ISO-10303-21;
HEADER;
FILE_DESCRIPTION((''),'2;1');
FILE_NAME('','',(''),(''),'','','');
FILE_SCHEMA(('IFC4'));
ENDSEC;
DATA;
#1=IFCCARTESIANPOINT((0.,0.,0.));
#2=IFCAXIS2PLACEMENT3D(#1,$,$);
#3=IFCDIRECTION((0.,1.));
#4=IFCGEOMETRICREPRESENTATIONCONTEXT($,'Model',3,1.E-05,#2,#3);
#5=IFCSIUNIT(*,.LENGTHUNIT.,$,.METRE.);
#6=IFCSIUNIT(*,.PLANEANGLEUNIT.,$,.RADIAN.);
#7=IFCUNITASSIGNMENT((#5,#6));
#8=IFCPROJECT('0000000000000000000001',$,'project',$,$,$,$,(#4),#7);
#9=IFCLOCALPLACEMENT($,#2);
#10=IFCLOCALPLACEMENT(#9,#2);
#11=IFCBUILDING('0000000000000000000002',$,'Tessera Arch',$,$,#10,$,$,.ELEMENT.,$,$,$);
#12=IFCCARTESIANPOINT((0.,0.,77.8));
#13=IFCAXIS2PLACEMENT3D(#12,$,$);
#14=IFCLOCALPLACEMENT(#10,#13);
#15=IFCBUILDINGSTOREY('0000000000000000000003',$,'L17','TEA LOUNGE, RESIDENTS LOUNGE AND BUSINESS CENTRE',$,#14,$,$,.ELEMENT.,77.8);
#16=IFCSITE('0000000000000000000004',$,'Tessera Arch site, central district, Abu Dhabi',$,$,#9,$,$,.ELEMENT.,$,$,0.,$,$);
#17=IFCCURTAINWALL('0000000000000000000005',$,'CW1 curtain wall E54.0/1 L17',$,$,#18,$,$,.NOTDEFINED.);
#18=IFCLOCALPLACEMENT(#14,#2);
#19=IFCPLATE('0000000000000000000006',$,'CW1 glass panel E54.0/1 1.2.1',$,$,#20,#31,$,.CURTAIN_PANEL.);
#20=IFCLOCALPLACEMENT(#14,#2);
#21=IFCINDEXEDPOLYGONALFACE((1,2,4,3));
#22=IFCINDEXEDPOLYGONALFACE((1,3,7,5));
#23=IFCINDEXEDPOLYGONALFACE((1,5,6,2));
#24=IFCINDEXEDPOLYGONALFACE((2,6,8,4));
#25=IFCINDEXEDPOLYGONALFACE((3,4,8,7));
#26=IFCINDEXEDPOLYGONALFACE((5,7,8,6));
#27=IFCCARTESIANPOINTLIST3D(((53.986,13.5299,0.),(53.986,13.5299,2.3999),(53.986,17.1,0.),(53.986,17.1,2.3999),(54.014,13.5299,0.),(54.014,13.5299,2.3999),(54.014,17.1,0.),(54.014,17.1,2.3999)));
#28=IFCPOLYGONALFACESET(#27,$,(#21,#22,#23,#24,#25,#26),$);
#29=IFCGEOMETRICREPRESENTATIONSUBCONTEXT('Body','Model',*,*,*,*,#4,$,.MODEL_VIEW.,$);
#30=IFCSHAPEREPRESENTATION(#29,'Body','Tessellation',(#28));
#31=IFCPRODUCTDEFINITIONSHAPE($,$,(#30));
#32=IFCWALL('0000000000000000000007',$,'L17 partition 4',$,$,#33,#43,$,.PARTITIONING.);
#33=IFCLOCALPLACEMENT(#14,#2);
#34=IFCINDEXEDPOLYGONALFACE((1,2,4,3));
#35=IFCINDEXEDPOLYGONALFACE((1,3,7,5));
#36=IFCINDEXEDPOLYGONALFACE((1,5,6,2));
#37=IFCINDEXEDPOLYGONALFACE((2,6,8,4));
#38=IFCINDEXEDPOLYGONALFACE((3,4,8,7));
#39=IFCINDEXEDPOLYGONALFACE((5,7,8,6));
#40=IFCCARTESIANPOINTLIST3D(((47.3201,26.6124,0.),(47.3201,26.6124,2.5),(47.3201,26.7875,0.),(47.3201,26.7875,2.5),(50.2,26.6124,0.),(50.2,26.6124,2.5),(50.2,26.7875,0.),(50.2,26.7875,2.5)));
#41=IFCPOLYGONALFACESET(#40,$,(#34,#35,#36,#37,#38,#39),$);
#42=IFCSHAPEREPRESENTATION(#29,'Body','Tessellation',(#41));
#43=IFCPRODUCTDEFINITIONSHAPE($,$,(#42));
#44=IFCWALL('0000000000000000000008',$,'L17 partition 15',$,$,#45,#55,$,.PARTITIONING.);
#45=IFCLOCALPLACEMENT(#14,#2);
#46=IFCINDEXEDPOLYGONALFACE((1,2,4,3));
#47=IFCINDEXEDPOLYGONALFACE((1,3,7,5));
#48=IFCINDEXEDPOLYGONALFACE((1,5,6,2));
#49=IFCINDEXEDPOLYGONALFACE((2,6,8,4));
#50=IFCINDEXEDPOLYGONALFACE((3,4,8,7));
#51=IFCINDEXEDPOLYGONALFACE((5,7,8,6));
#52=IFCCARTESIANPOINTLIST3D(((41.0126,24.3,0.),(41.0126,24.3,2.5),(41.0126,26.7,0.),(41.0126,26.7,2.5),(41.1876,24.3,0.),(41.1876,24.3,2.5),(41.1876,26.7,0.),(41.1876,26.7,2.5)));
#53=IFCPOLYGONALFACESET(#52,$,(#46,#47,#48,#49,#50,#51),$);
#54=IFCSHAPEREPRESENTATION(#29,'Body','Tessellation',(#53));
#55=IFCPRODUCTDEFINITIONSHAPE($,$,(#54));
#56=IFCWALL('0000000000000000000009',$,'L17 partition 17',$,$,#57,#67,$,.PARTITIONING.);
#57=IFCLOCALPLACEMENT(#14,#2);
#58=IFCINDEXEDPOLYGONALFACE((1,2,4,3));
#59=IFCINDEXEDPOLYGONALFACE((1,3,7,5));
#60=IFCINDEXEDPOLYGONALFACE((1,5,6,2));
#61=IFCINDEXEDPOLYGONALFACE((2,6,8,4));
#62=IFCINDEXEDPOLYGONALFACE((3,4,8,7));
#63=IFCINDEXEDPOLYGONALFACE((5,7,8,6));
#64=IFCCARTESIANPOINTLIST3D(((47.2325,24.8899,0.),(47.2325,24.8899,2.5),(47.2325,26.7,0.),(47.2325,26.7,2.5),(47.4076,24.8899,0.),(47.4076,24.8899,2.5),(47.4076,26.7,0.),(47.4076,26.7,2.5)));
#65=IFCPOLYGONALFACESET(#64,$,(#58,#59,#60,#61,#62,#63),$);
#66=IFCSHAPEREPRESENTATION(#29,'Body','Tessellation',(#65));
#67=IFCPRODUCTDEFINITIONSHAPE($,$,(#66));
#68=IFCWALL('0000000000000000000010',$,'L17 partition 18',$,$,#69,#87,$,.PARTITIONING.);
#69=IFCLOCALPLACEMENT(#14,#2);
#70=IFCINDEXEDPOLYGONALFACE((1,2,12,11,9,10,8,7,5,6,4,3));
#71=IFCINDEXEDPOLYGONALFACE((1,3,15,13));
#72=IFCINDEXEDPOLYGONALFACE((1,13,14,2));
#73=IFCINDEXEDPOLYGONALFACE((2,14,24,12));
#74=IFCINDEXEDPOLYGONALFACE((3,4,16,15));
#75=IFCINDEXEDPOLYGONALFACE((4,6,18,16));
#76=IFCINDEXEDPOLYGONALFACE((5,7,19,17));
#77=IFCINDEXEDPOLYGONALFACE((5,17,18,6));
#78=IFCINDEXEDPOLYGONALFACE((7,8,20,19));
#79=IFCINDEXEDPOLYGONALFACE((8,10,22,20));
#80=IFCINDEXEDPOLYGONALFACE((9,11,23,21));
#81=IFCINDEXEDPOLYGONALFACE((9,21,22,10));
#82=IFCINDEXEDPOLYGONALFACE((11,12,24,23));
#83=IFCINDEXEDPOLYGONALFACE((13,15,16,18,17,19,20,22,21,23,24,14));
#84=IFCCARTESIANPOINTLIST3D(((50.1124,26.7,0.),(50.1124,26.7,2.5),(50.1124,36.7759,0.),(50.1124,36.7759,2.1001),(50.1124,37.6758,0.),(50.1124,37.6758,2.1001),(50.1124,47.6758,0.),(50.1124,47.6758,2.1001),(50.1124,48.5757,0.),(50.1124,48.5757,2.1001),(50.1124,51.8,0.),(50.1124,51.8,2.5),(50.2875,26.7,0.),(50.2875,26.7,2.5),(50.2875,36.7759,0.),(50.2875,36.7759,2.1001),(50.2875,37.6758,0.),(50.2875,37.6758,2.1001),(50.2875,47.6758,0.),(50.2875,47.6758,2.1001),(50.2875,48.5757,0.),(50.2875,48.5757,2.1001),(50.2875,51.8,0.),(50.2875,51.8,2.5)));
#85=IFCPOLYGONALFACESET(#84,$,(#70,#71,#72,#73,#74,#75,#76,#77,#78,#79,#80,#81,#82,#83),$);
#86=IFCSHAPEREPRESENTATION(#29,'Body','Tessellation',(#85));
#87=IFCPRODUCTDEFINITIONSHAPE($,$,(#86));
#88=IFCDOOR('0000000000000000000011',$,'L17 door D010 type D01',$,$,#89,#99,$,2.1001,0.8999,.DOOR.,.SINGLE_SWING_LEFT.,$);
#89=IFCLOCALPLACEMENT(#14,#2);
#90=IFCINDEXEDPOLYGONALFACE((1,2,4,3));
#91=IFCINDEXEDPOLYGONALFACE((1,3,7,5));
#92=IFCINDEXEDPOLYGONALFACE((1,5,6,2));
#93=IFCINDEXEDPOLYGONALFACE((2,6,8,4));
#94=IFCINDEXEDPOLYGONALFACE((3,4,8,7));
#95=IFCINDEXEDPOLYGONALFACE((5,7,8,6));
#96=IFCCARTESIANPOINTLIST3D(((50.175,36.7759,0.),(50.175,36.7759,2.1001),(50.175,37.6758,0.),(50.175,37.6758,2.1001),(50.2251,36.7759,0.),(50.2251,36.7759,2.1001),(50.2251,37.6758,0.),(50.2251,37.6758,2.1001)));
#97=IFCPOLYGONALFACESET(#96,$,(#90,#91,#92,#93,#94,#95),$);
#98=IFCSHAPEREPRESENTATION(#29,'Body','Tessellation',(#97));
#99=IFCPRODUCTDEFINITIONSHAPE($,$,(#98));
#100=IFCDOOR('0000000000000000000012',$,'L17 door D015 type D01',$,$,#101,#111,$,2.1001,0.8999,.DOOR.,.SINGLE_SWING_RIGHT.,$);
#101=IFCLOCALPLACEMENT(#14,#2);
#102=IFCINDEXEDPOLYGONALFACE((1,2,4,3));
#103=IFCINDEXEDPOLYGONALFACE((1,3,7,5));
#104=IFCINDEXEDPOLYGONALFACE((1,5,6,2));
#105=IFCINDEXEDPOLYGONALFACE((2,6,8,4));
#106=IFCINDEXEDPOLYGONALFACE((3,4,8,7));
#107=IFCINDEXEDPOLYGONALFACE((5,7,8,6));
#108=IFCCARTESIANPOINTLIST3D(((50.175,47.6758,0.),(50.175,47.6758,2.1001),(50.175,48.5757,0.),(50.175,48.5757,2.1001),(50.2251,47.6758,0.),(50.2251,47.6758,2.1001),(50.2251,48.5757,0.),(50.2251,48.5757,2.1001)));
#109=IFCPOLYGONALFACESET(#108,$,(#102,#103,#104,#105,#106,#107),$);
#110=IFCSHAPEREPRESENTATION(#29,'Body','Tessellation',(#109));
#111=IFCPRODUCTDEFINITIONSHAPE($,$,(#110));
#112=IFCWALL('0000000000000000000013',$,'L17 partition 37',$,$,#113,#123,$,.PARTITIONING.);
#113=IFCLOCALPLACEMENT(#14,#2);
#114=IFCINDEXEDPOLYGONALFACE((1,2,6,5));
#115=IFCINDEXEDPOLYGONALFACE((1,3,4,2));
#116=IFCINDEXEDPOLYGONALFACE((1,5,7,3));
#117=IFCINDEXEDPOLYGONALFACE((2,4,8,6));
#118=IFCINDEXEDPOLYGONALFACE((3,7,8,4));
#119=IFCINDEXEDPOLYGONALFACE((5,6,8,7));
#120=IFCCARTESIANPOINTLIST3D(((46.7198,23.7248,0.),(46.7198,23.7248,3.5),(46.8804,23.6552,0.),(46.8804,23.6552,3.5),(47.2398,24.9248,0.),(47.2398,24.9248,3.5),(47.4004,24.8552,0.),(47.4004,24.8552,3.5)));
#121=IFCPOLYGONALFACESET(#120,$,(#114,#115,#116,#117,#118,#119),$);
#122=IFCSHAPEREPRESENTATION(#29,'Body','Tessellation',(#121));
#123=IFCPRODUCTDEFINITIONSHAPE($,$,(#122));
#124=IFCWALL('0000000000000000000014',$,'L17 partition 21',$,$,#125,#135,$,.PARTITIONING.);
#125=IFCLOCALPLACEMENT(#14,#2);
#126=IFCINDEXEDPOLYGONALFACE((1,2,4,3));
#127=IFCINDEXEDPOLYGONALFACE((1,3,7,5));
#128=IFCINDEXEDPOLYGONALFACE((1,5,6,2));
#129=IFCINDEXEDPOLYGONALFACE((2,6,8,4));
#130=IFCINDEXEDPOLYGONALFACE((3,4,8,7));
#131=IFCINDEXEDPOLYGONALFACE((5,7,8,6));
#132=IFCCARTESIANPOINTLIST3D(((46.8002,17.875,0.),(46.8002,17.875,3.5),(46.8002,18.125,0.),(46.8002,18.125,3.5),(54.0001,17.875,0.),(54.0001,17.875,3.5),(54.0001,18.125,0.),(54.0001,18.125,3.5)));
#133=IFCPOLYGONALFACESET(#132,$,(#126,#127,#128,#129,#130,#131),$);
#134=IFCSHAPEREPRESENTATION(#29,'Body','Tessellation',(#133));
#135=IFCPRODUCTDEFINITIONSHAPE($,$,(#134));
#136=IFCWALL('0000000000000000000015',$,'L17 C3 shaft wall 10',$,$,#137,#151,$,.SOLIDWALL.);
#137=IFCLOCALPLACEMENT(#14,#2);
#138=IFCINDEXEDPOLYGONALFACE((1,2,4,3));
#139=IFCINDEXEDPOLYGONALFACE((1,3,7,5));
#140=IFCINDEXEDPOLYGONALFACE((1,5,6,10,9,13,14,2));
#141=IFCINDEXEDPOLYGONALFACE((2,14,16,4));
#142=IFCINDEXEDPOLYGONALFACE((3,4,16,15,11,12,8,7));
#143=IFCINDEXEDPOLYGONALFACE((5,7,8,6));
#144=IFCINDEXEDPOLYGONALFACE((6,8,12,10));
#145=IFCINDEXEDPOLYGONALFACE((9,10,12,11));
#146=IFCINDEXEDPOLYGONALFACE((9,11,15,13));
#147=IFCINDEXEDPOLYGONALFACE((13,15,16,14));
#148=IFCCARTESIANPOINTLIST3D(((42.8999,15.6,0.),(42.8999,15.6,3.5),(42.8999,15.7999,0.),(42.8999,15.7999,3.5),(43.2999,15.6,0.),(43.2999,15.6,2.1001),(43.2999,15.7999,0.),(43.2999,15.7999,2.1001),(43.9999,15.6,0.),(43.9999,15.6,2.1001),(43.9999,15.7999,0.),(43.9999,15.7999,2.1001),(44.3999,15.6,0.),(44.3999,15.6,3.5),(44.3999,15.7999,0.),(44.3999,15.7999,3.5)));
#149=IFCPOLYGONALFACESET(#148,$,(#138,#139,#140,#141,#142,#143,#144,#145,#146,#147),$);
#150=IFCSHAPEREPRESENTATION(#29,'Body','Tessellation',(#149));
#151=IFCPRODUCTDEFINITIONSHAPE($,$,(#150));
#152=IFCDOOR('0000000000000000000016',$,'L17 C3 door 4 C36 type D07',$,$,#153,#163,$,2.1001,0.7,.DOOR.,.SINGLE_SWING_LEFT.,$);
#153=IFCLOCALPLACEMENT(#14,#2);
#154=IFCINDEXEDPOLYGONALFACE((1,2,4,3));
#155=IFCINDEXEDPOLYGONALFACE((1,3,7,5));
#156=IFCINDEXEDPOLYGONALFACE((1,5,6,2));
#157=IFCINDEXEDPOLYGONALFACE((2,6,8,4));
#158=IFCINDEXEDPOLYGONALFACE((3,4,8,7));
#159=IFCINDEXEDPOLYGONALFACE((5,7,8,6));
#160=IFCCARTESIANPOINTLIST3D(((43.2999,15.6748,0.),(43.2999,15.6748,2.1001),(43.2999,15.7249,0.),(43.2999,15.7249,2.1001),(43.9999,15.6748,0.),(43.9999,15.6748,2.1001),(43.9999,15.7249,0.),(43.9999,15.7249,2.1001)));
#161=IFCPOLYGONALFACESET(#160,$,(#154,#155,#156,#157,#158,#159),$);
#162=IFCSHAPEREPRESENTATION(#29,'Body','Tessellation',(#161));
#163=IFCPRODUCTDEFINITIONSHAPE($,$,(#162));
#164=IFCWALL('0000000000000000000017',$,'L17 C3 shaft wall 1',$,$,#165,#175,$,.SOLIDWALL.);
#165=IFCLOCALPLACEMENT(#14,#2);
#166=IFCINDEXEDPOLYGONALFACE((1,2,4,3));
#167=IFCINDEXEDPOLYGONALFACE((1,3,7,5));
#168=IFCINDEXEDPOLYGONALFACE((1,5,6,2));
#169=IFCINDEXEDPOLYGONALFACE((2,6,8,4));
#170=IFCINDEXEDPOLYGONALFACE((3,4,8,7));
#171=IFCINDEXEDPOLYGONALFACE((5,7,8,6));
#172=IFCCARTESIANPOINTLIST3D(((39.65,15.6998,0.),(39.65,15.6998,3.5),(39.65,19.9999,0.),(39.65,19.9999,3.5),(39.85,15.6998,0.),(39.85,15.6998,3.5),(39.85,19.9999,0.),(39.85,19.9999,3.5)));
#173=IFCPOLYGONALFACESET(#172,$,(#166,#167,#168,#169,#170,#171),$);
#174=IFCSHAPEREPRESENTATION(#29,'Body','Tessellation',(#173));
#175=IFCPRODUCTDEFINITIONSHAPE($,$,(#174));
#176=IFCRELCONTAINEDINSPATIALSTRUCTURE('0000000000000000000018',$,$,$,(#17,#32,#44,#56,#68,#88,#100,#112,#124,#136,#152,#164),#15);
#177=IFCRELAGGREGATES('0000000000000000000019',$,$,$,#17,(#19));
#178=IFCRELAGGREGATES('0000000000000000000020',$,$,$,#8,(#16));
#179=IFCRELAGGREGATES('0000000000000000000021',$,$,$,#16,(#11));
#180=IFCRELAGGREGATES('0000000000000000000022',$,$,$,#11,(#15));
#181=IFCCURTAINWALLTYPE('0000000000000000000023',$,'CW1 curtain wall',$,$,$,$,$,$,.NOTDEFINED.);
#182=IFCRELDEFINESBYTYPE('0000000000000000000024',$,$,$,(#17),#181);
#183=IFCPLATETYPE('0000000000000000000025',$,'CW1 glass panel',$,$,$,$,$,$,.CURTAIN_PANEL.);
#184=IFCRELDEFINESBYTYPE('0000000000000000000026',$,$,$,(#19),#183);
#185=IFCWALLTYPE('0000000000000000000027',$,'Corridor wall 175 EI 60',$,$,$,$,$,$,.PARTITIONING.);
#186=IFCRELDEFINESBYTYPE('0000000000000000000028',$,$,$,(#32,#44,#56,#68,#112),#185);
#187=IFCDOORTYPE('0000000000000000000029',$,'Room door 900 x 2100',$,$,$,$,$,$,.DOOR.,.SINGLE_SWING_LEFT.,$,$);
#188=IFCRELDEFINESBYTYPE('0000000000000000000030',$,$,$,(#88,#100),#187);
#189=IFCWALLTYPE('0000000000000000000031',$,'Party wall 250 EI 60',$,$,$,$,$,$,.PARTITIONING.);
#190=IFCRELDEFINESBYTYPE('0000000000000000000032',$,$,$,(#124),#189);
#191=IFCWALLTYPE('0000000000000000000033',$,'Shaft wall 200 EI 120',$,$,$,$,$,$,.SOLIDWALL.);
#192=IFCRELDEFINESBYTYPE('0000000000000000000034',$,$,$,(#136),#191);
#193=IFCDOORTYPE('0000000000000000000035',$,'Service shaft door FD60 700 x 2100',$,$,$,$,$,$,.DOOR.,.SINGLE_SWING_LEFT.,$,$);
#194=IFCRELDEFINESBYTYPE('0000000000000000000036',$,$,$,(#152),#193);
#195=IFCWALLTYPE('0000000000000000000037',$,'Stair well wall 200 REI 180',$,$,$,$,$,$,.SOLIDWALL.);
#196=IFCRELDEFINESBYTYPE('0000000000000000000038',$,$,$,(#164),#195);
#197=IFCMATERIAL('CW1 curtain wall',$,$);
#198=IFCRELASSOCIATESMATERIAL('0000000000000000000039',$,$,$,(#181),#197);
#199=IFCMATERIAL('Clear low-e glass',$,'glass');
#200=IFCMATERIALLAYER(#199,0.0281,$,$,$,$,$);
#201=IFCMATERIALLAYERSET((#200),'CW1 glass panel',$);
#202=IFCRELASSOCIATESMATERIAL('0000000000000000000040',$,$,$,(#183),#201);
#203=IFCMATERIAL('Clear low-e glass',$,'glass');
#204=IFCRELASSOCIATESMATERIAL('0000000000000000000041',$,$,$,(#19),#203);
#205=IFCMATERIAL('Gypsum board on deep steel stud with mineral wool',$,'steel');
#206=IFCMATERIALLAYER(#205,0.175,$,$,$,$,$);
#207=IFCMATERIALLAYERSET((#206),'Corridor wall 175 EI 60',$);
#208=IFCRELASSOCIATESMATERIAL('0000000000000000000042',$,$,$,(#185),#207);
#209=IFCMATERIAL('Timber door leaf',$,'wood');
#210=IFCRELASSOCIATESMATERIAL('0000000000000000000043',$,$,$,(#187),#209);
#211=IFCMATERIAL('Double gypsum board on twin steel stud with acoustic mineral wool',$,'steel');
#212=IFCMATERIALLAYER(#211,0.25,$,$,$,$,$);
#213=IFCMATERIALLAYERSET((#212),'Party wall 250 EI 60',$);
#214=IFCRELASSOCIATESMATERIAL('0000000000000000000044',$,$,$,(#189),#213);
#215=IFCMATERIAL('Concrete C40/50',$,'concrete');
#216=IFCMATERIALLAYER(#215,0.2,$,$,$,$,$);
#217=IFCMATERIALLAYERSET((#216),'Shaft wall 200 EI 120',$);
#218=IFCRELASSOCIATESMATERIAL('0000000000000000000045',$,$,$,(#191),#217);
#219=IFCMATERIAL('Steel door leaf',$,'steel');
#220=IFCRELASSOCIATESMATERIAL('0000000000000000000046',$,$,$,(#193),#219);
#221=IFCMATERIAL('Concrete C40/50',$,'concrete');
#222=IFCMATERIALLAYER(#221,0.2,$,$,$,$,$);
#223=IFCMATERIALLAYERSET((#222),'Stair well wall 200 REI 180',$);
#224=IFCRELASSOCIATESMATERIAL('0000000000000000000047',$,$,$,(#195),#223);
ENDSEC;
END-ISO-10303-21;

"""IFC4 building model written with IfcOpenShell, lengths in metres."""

from ifc_helpers import new_model, si_unit, direction, frame, frame_2d, origin, origin_2d, place, context, subcontext, project, spatial, rectangle, extrude, material, layer, layer_set, type_object, element, fill, aggregate, save


model = new_model("IFC4")

# Units and contexts
model_context = context("Model", 3, precision=1e-05, world=origin(), true_north=direction((0.0, 1.0)))
body_context = subcontext(model_context, "Body", "Model", "MODEL_VIEW")
ifc_project = project(units=[si_unit("LENGTHUNIT", "METRE"), si_unit("PLANEANGLEUNIT", "RADIAN")], contexts=[model_context])

# Site, building, storey
site_placement = place(None, origin())
site = spatial("IfcSite", under=ifc_project, at=site_placement, Name="Tessera Arch site, central district, Abu Dhabi", CompositionType="ELEMENT", RefElevation=0.0)
building_placement = place(site_placement, origin())
building = spatial("IfcBuilding", under=site, at=building_placement, Name="Tessera Arch", CompositionType="ELEMENT")
storey_placement = place(building_placement, frame((0.0, 0.0, 77.8)))
storey = spatial("IfcBuildingStorey", under=building, at=storey_placement, Name="L17", Description="TEA LOUNGE, RESIDENTS LOUNGE AND BUSINESS CENTRE", CompositionType="ELEMENT", Elevation=77.8)

# Curtain wall, plate
ifc_material_1 = material(Name="CW1 curtain wall")
curtain_wall_type = type_object("IfcCurtainWallType", Name="CW1 curtain wall", PredefinedType="NOTDEFINED", material=ifc_material_1)
curtain_wall_placement = place(storey_placement, origin())
curtain_wall = element("IfcCurtainWall", 1, at=curtain_wall_placement, inside=storey, type_object=curtain_wall_type, Name="CW1 curtain wall E54.0/1 L17", PredefinedType="NOTDEFINED")
ifc_material_2 = material(Name="Clear low-e glass", Category="glass")
ifc_material_3 = material(Name="Clear low-e glass", Category="glass")
ifc_layer_1 = layer(ifc_material_3, 0.0281)
ifc_layer_set_1 = layer_set([ifc_layer_1], Name="CW1 glass panel")
plate_type = type_object("IfcPlateType", Name="CW1 glass panel", PredefinedType="CURTAIN_PANEL", material=ifc_layer_set_1)
plate_placement = place(storey_placement, frame((54.0, 15.3149, 0.0), z_axis=(0.0, 0.0, 1.0), x_axis=(0.0, 1.0, 0.0)))
plate = element("IfcPlate", 2, at=plate_placement, type_object=plate_type, material=ifc_material_2, Name="CW1 glass panel E54.0/1 1.2.1", PredefinedType="CURTAIN_PANEL", context=body_context, shape_type="SweptSolid", body=[
    extrude(rectangle(XDim=3.5701, YDim=0.0281, at=origin_2d()), origin(), (0.0, 0.0, 1.0), 2.3999),
])
aggregate(curtain_wall, [plate])

# Walls
ifc_material_4 = material(Name="Gypsum board on deep steel stud with mineral wool", Category="steel")
ifc_layer_2 = layer(ifc_material_4, 0.175)
ifc_layer_set_2 = layer_set([ifc_layer_2], Name="Corridor wall 175 EI 60")
wall_type_1 = type_object("IfcWallType", Name="Corridor wall 175 EI 60", PredefinedType="PARTITIONING", material=ifc_layer_set_2)
wall_1_placement = place(storey_placement, frame((47.3201, 26.7, 0.0), z_axis=(0.0, 0.0, 1.0), x_axis=(1.0, 0.0, 0.0)))
element("IfcWall", 3, at=wall_1_placement, inside=storey, type_object=wall_type_1, Name="L17 partition 4", PredefinedType="PARTITIONING", context=body_context, shape_type="SweptSolid", body=[
    extrude(rectangle(XDim=2.8799, YDim=0.175, at=frame_2d((1.4399, 0.0))), origin(), (0.0, 0.0, 1.0), 2.5),
])
wall_2_placement = place(storey_placement, frame((41.1001, 24.3, 0.0), z_axis=(0.0, 0.0, 1.0), x_axis=(0.0, 1.0, 0.0)))
element("IfcWall", 4, at=wall_2_placement, inside=storey, type_object=wall_type_1, Name="L17 partition 15", PredefinedType="PARTITIONING", context=body_context, shape_type="SweptSolid", body=[
    extrude(rectangle(XDim=2.3999, YDim=0.175, at=frame_2d((1.2, 0.0))), origin(), (0.0, 0.0, 1.0), 2.5),
])
wall_3_placement = place(storey_placement, frame((47.3201, 24.8899, 0.0), z_axis=(0.0, 0.0, 1.0), x_axis=(0.0, 1.0, 0.0)))
element("IfcWall", 5, at=wall_3_placement, inside=storey, type_object=wall_type_1, Name="L17 partition 17", PredefinedType="PARTITIONING", context=body_context, shape_type="SweptSolid", body=[
    extrude(rectangle(XDim=1.8101, YDim=0.175, at=frame_2d((0.905, 0.0))), origin(), (0.0, 0.0, 1.0), 2.5),
])

# Wall, openings, doors
wall_4_placement = place(storey_placement, frame((50.2, 26.7, 0.0), z_axis=(0.0, 0.0, 1.0), x_axis=(0.0, 1.0, 0.0)))
wall_4 = element("IfcWall", 6, at=wall_4_placement, inside=storey, type_object=wall_type_1, Name="L17 partition 18", PredefinedType="PARTITIONING", context=body_context, shape_type="SweptSolid", body=[
    extrude(rectangle(XDim=25.1001, YDim=0.175, at=frame_2d((12.55, 0.0))), origin(), (0.0, 0.0, 1.0), 2.5),
])
opening_1_placement = place(wall_4_placement, frame((10.0759, 0.0, 0.0)))
opening_1 = element("IfcOpeningElement", 7, at=opening_1_placement, cuts=wall_4, PredefinedType="OPENING", context=body_context, shape_type="SweptSolid", body=[
    extrude(rectangle(XDim=0.8999, YDim=2.1001, at=frame_2d((0.45, 1.05))), frame((0.0, 0.0974, 0.0), z_axis=(0.0, -1.0, 0.0), x_axis=(1.0, 0.0, 0.0)), (0.0, 0.0, 1.0), 0.1951),
])
opening_2_placement = place(wall_4_placement, frame((20.9758, 0.0, 0.0)))
opening_2 = element("IfcOpeningElement", 8, at=opening_2_placement, cuts=wall_4, PredefinedType="OPENING", context=body_context, shape_type="SweptSolid", body=[
    extrude(rectangle(XDim=0.8999, YDim=2.1001, at=frame_2d((0.45, 1.05))), frame((0.0, 0.0974, 0.0), z_axis=(0.0, -1.0, 0.0), x_axis=(1.0, 0.0, 0.0)), (0.0, 0.0, 1.0), 0.1951),
])
ifc_material_5 = material(Name="Timber door leaf", Category="wood")
door_type_1 = type_object("IfcDoorType", Name="Room door 900 x 2100", OperationType="SINGLE_SWING_LEFT", PredefinedType="DOOR", material=ifc_material_5)
door_1_placement = place(opening_1_placement, origin())
door_1 = element("IfcDoor", 9, at=door_1_placement, inside=storey, type_object=door_type_1, Name="L17 door D010 type D01", OperationType="SINGLE_SWING_LEFT", OverallHeight=2.1001, OverallWidth=0.8999, PredefinedType="DOOR", context=body_context, shape_type="SweptSolid", body=[
    extrude(rectangle(XDim=0.8999, YDim=2.1001, at=frame_2d((0.45, 1.05))), frame((0.0, 0.0249, 0.0), z_axis=(0.0, -1.0, 0.0), x_axis=(1.0, 0.0, 0.0)), (0.0, 0.0, 1.0), 0.05),
])
fill(opening_1, door_1)
door_2_placement = place(opening_2_placement, origin())
door_2 = element("IfcDoor", 10, at=door_2_placement, inside=storey, type_object=door_type_1, Name="L17 door D015 type D01", OperationType="SINGLE_SWING_RIGHT", OverallHeight=2.1001, OverallWidth=0.8999, PredefinedType="DOOR", context=body_context, shape_type="SweptSolid", body=[
    extrude(rectangle(XDim=0.8999, YDim=2.1001, at=frame_2d((0.45, 1.05))), frame((0.0, 0.0249, 0.0), z_axis=(0.0, -1.0, 0.0), x_axis=(1.0, 0.0, 0.0)), (0.0, 0.0, 1.0), 0.05),
])
fill(opening_2, door_2)

# Walls
wall_5_placement = place(storey_placement, frame((47.3201, 24.8899, 0.0), z_axis=(0.0, 0.0, 1.0), x_axis=(-0.397634, -0.917544, 0.0)))
element("IfcWall", 11, at=wall_5_placement, inside=storey, type_object=wall_type_1, Name="L17 partition 37", PredefinedType="PARTITIONING", context=body_context, shape_type="SweptSolid", body=[
    extrude(rectangle(XDim=1.3079, YDim=0.175, at=frame_2d((0.6538, 0.0))), origin(), (0.0, 0.0, 1.0), 3.5),
])
ifc_material_6 = material(Name="Double gypsum board on twin steel stud with acoustic mineral wool", Category="steel")
ifc_layer_3 = layer(ifc_material_6, 0.25)
ifc_layer_set_3 = layer_set([ifc_layer_3], Name="Party wall 250 EI 60")
wall_type_2 = type_object("IfcWallType", Name="Party wall 250 EI 60", PredefinedType="PARTITIONING", material=ifc_layer_set_3)
wall_6_placement = place(storey_placement, frame((46.8, 18.0, 0.0), z_axis=(0.0, 0.0, 1.0), x_axis=(1.0, 0.0, 0.0)))
element("IfcWall", 12, at=wall_6_placement, inside=storey, type_object=wall_type_2, Name="L17 partition 21", PredefinedType="PARTITIONING", context=body_context, shape_type="SweptSolid", body=[
    extrude(rectangle(XDim=7.2, YDim=0.25, at=frame_2d((3.6001, 0.0))), origin(), (0.0, 0.0, 1.0), 3.5),
])

# Wall, opening, door
ifc_material_7 = material(Name="Concrete C40/50", Category="concrete")
ifc_layer_4 = layer(ifc_material_7, 0.2)
ifc_layer_set_4 = layer_set([ifc_layer_4], Name="Shaft wall 200 EI 120")
wall_type_3 = type_object("IfcWallType", Name="Shaft wall 200 EI 120", PredefinedType="SOLIDWALL", material=ifc_layer_set_4)
wall_7_placement = place(storey_placement, frame((42.8999, 15.7, 0.0), z_axis=(0.0, 0.0, 1.0), x_axis=(1.0, 0.0, 0.0)))
wall_7 = element("IfcWall", 13, at=wall_7_placement, inside=storey, type_object=wall_type_3, Name="L17 C3 shaft wall 10", PredefinedType="SOLIDWALL", context=body_context, shape_type="SweptSolid", body=[
    extrude(rectangle(XDim=1.5, YDim=0.2, at=frame_2d((0.75, 0.0))), origin(), (0.0, 0.0, 1.0), 3.5),
])
opening_3_placement = place(wall_7_placement, frame((0.3999, 0.0, 0.0)))
opening_3 = element("IfcOpeningElement", 14, at=opening_3_placement, cuts=wall_7, PredefinedType="OPENING", context=body_context, shape_type="SweptSolid", body=[
    extrude(rectangle(XDim=0.7, YDim=2.1001, at=frame_2d((0.3501, 1.05))), frame((0.0, 0.1099, 0.0), z_axis=(0.0, -1.0, 0.0), x_axis=(1.0, 0.0, 0.0)), (0.0, 0.0, 1.0), 0.22),
])
ifc_material_8 = material(Name="Steel door leaf", Category="steel")
door_type_2 = type_object("IfcDoorType", Name="Service shaft door FD60 700 x 2100", OperationType="SINGLE_SWING_LEFT", PredefinedType="DOOR", material=ifc_material_8)
door_3_placement = place(opening_3_placement, origin())
door_3 = element("IfcDoor", 15, at=door_3_placement, inside=storey, type_object=door_type_2, Name="L17 C3 door 4 C36 type D07", OperationType="SINGLE_SWING_LEFT", OverallHeight=2.1001, OverallWidth=0.7, PredefinedType="DOOR", context=body_context, shape_type="SweptSolid", body=[
    extrude(rectangle(XDim=0.7, YDim=2.1001, at=frame_2d((0.3501, 1.05))), frame((0.0, 0.0249, 0.0), z_axis=(0.0, -1.0, 0.0), x_axis=(1.0, 0.0, 0.0)), (0.0, 0.0, 1.0), 0.05),
])
fill(opening_3, door_3)

# Wall
ifc_material_9 = material(Name="Concrete C40/50", Category="concrete")
ifc_layer_5 = layer(ifc_material_9, 0.2)
ifc_layer_set_5 = layer_set([ifc_layer_5], Name="Stair well wall 200 REI 180")
wall_type_4 = type_object("IfcWallType", Name="Stair well wall 200 REI 180", PredefinedType="SOLIDWALL", material=ifc_layer_set_5)
wall_8_placement = place(storey_placement, frame((39.75, 15.7, 0.0), z_axis=(0.0, 0.0, 1.0), x_axis=(0.0, 1.0, 0.0)))
element("IfcWall", 16, at=wall_8_placement, inside=storey, type_object=wall_type_4, Name="L17 C3 shaft wall 1", PredefinedType="SOLIDWALL", context=body_context, shape_type="SweptSolid", body=[
    extrude(rectangle(XDim=4.3, YDim=0.2, at=frame_2d((2.1499, 0.0))), origin(), (0.0, 0.0, 1.0), 3.5),
])

save(model, "model.ifc")
